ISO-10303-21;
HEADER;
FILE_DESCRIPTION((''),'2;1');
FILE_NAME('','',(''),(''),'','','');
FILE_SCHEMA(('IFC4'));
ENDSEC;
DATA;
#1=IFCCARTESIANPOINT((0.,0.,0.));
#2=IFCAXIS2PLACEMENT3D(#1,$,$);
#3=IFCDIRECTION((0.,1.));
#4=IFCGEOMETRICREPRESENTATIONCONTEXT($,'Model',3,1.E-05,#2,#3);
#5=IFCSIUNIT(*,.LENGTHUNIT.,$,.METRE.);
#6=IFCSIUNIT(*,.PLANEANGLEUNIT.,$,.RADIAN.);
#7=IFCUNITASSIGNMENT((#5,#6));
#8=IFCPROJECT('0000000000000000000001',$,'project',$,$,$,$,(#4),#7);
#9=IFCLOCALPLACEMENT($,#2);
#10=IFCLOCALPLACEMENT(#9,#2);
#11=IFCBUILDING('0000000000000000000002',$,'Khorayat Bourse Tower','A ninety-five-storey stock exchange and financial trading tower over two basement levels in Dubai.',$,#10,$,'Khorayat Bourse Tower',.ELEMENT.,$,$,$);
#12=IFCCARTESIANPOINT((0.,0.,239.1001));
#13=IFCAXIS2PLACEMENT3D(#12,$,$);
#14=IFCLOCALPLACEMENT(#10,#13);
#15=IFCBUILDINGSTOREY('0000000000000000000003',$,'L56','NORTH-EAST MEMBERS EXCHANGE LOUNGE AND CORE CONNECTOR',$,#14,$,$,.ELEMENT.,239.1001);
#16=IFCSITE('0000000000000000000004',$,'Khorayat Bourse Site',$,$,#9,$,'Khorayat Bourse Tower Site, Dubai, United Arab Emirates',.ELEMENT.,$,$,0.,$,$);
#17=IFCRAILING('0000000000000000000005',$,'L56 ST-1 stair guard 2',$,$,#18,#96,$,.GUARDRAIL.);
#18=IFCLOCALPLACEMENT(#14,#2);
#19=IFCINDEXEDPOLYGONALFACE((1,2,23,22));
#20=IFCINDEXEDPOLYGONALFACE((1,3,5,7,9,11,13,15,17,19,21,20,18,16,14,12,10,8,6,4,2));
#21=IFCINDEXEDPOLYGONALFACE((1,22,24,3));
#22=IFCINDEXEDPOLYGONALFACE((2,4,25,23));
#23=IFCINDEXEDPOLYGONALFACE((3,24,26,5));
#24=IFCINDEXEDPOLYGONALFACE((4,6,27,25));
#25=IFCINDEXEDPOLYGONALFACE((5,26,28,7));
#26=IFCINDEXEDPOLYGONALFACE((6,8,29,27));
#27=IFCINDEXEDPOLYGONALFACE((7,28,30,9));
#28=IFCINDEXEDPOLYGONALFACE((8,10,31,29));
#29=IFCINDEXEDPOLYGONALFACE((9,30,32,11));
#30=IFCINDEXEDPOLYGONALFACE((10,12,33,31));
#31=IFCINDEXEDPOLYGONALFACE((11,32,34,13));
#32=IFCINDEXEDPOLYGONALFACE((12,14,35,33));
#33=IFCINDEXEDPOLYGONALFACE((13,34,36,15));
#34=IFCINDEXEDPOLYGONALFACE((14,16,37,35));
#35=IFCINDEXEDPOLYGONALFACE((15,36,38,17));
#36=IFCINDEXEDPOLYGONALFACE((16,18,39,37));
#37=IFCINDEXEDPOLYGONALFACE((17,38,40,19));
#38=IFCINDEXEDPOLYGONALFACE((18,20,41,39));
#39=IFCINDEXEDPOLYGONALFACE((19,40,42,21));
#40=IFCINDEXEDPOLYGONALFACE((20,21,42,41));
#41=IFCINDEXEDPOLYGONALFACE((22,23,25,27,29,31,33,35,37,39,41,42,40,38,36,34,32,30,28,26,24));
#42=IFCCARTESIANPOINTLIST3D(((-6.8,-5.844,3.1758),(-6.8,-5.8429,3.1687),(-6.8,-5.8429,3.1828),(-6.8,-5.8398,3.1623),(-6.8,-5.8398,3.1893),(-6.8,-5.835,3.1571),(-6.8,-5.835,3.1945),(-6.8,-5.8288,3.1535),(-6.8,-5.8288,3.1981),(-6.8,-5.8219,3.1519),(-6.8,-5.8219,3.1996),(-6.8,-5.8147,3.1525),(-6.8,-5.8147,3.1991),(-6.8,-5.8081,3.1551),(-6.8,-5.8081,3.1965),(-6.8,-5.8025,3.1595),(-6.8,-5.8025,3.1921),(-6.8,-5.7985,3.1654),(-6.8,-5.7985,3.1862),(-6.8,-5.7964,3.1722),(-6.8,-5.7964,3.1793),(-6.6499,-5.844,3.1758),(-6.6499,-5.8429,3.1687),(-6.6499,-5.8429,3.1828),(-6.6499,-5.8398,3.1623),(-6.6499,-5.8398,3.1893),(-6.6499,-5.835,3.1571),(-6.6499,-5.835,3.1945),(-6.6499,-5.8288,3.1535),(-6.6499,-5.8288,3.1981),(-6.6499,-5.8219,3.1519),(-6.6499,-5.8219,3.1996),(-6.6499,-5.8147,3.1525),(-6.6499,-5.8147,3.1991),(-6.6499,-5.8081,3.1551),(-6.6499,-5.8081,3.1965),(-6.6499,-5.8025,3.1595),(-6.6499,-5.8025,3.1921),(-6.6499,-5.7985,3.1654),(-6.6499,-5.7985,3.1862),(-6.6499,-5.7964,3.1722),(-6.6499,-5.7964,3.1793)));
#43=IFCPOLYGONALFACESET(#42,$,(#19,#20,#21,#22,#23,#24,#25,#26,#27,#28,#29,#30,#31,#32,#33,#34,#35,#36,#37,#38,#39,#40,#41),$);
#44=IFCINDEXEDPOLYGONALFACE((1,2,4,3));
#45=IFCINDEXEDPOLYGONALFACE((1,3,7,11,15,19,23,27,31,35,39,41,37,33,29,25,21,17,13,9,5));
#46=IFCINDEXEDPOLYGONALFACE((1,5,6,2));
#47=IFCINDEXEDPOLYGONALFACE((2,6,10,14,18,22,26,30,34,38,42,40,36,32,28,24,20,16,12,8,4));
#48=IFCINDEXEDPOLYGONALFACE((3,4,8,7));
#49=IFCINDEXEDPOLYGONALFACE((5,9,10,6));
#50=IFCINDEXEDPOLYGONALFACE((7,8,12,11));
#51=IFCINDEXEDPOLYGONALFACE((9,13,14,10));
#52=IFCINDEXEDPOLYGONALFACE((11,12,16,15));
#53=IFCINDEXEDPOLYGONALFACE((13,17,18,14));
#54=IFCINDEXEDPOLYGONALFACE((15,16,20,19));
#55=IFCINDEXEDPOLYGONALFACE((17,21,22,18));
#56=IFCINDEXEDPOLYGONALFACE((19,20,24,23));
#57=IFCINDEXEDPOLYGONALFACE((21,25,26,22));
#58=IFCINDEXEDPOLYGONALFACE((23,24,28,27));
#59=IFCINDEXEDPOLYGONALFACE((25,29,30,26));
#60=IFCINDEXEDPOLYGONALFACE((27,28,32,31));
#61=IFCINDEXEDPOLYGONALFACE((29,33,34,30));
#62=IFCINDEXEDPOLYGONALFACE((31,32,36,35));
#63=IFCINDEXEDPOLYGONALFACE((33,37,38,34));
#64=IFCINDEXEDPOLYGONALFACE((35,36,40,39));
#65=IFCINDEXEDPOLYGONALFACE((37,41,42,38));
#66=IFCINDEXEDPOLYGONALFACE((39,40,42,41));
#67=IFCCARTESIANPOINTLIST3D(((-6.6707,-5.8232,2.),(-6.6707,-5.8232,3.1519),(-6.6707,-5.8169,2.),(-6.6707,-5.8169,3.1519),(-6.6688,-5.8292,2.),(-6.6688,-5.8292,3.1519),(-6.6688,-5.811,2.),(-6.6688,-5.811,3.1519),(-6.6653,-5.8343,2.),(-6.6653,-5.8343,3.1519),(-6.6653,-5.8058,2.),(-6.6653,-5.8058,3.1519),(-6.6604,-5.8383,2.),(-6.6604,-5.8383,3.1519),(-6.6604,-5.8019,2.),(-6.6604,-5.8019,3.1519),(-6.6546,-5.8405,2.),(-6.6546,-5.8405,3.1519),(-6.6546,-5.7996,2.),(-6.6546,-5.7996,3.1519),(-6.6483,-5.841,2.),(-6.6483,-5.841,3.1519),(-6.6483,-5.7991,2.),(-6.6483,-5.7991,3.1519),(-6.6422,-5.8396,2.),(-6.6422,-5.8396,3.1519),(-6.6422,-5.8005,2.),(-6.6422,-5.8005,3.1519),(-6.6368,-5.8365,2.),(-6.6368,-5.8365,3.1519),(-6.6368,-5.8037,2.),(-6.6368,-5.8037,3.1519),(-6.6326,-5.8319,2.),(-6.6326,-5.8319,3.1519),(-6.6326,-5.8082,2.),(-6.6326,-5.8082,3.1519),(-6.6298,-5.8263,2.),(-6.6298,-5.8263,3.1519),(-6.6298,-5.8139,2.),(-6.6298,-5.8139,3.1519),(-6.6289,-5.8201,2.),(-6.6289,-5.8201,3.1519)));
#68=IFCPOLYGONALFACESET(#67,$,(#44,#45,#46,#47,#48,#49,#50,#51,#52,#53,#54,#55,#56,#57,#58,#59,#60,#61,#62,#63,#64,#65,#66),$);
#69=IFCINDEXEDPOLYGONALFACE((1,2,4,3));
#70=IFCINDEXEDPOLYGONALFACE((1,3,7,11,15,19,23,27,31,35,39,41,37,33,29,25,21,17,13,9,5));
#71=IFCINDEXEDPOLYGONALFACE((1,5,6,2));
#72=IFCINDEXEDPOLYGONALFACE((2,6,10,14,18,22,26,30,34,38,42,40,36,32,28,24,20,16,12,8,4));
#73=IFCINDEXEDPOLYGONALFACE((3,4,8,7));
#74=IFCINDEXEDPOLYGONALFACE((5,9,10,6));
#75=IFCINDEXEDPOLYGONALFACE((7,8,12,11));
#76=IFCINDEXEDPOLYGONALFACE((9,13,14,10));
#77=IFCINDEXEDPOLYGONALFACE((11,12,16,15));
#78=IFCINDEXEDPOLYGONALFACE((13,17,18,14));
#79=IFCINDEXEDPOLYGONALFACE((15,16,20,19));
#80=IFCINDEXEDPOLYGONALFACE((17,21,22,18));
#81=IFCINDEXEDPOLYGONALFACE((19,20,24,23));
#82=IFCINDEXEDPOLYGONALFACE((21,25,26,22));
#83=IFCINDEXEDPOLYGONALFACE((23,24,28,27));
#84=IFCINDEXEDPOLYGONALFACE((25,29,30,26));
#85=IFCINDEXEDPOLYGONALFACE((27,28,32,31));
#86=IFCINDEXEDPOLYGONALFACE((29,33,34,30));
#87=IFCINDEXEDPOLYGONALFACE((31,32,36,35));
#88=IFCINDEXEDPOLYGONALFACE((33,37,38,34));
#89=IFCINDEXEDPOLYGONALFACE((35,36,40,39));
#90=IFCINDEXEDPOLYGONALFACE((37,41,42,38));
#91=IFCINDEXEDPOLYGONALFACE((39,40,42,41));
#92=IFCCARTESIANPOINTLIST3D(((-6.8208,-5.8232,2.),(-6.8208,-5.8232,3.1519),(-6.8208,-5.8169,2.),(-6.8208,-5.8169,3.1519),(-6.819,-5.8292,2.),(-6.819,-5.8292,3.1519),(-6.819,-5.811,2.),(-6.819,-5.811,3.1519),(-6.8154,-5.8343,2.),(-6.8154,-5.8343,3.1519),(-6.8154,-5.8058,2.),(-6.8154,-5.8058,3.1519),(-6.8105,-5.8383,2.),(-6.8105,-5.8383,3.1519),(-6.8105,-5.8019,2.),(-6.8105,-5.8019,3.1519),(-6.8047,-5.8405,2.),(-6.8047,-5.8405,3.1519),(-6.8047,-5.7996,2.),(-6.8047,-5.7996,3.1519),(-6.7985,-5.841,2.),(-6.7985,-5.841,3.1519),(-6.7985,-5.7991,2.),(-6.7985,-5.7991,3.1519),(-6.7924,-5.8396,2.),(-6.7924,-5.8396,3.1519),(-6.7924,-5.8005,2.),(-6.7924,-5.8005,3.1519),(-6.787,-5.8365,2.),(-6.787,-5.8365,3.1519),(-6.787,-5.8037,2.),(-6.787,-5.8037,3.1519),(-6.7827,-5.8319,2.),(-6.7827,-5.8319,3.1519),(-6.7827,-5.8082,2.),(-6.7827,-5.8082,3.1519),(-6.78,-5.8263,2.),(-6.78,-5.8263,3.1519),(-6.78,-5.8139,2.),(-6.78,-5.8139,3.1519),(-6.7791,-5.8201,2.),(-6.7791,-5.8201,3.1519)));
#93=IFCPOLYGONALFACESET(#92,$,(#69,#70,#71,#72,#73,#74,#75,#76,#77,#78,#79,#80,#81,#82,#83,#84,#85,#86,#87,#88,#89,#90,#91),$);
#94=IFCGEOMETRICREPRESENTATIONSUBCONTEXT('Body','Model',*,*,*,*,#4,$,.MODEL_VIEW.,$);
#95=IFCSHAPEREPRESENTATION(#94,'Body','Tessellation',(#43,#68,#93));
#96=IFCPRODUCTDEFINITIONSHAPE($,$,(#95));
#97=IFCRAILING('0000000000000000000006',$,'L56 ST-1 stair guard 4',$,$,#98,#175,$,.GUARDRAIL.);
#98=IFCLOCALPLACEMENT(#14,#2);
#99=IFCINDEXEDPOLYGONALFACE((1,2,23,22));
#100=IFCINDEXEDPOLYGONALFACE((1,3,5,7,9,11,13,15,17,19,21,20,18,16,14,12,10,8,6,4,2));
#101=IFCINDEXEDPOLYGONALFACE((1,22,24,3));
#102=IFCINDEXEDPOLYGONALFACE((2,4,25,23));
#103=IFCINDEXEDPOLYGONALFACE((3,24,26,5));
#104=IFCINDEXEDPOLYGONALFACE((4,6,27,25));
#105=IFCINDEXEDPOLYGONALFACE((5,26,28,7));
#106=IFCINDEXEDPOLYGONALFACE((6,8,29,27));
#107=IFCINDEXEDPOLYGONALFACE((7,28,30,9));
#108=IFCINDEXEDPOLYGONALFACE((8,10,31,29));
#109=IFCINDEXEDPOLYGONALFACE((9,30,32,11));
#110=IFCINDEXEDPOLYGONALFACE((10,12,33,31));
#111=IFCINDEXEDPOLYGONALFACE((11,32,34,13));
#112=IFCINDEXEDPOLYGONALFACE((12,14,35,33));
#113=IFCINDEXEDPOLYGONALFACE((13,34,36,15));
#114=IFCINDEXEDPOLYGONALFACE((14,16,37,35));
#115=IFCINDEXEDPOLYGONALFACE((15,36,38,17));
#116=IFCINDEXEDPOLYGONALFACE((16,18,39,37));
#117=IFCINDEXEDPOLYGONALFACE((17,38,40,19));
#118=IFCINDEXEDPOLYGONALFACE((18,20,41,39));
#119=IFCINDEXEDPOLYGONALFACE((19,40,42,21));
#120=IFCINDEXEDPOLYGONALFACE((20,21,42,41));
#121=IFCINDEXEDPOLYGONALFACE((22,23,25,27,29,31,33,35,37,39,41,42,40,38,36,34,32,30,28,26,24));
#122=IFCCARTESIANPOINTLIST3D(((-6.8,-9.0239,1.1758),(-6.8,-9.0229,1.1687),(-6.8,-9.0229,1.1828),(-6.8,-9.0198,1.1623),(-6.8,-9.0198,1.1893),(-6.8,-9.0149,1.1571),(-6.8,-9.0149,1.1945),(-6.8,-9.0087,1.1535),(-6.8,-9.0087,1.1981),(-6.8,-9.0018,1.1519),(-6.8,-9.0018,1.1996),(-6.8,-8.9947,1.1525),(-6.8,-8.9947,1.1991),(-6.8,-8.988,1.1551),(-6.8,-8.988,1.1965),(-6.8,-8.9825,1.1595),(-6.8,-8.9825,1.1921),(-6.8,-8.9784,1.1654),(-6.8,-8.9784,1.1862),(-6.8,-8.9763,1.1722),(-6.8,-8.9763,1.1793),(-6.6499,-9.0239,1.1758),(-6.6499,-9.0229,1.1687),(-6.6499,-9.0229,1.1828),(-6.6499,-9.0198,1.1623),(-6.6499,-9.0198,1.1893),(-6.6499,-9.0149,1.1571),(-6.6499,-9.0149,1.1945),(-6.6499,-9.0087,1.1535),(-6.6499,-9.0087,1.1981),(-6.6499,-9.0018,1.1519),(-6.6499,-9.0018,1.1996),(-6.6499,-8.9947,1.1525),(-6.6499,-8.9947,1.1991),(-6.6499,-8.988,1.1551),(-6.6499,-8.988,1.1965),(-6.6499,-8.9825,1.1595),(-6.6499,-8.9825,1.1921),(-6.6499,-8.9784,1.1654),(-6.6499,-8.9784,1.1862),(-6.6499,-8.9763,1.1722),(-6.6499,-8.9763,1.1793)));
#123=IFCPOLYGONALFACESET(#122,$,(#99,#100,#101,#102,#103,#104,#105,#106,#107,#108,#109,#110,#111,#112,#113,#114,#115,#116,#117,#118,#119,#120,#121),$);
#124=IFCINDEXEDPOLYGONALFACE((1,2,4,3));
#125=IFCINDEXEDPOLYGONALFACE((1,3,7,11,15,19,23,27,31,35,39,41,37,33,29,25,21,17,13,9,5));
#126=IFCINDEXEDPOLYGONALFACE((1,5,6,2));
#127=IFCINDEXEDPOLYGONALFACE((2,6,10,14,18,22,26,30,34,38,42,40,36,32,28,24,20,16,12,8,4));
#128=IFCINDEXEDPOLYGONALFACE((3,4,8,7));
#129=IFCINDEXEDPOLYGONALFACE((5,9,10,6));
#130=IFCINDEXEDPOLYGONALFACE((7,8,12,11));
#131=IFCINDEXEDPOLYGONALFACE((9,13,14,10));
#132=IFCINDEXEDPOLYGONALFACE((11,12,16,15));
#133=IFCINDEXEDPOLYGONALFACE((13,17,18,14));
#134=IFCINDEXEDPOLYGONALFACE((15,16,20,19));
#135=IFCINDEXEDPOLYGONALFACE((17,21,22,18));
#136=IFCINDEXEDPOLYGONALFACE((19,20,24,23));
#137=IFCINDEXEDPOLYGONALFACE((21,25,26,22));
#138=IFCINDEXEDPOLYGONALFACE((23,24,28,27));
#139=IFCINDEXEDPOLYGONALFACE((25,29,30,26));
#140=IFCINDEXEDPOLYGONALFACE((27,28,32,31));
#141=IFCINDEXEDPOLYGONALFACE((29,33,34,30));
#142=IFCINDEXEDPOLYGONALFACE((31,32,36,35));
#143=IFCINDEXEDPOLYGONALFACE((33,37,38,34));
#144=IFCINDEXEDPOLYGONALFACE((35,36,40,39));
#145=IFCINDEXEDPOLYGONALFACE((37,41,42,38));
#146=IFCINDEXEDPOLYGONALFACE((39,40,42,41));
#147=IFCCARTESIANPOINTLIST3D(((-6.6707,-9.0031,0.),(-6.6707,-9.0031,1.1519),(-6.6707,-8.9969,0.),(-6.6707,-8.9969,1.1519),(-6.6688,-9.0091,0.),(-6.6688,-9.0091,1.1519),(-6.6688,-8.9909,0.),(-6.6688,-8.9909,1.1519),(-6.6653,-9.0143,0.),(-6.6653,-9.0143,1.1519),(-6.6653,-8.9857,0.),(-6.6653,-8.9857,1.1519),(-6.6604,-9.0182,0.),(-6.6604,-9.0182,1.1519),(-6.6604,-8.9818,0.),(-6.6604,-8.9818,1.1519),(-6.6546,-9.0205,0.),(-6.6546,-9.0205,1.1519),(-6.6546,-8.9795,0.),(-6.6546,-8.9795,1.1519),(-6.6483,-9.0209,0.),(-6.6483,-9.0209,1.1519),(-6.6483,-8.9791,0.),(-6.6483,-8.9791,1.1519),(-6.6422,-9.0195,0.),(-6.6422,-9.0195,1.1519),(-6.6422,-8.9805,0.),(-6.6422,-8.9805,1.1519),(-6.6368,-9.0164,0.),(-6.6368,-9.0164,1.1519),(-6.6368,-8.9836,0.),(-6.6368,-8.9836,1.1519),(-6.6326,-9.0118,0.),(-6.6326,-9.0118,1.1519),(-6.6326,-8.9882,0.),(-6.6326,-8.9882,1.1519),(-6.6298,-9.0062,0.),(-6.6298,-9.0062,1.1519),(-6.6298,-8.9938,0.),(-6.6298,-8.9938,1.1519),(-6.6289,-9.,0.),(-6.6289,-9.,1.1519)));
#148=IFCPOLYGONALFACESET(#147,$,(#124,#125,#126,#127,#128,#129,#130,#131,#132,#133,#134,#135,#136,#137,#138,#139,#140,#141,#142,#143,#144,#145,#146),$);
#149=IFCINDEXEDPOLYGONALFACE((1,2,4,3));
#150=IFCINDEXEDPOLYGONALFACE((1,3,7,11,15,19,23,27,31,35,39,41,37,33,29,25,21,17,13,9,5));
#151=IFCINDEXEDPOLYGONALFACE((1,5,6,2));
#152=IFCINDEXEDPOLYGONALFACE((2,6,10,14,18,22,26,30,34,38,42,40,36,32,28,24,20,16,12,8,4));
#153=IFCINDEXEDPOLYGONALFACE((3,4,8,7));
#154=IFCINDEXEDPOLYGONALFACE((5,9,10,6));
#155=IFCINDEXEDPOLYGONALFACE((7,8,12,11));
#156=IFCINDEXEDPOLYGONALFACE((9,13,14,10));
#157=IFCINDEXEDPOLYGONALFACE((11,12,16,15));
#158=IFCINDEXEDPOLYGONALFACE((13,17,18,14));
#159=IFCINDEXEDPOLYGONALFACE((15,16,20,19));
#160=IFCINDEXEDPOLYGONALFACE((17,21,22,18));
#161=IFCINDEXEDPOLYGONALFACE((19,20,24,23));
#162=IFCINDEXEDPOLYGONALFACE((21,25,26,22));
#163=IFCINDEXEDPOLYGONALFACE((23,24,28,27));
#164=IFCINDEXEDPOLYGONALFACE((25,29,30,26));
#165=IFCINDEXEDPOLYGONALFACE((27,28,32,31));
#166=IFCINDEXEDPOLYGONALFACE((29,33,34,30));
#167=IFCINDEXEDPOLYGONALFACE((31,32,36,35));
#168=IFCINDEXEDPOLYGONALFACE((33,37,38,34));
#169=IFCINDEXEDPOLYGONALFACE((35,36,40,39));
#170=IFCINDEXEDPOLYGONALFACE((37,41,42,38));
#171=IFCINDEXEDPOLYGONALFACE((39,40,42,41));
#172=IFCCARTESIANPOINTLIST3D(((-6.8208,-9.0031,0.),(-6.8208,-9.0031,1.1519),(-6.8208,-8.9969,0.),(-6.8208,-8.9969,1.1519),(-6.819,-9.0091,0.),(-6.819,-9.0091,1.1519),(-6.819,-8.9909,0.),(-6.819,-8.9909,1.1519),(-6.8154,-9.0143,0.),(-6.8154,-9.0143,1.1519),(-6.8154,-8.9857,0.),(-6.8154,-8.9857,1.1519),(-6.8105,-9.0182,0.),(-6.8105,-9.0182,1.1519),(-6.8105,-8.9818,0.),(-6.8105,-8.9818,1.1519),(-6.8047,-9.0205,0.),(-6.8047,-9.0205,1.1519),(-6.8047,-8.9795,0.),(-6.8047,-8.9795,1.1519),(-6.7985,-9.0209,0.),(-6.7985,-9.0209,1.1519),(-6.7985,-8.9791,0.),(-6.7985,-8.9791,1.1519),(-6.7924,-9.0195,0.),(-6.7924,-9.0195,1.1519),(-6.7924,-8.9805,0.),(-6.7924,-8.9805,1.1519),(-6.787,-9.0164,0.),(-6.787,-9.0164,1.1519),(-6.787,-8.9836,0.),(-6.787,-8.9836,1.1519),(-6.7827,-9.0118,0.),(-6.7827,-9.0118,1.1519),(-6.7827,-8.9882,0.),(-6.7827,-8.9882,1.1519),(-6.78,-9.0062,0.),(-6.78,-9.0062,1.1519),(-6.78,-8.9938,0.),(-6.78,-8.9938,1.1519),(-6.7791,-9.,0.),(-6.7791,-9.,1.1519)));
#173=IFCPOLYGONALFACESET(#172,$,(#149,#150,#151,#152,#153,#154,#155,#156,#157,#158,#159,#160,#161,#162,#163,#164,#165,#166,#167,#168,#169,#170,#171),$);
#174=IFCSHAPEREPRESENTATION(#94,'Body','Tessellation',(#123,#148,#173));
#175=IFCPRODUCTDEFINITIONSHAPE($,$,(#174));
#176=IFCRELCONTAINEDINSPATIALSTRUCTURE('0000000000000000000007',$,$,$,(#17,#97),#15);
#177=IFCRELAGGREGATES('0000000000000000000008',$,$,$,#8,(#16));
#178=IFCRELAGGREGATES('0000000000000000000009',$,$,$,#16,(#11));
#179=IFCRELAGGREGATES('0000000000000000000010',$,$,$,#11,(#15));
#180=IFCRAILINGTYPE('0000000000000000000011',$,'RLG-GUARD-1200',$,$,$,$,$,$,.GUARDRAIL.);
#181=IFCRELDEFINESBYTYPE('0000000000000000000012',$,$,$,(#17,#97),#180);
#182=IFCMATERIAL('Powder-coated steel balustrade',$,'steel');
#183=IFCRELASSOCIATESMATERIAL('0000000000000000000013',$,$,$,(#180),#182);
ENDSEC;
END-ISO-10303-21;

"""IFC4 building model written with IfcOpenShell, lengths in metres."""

from ifc_helpers import new_model, si_unit, direction, frame, origin, origin_2d, place, context, subcontext, project, spatial, circle, extrude, source, transform, mapped, material, type_object, element, save


model = new_model("IFC4")

# Units and contexts
model_context = context("Model", 3, precision=1e-05, world=origin(), true_north=direction((0.0, 1.0)))
body_context = subcontext(model_context, "Body", "Model", "MODEL_VIEW")
ifc_project = project(units=[si_unit("LENGTHUNIT", "METRE"), si_unit("PLANEANGLEUNIT", "RADIAN")], contexts=[model_context])

# Site, building, storey
site_placement = place(None, origin())
site = spatial("IfcSite", under=ifc_project, at=site_placement, Name="Khorayat Bourse Site", LongName="Khorayat Bourse Tower Site, Dubai, United Arab Emirates", CompositionType="ELEMENT", RefElevation=0.0)
building_placement = place(site_placement, origin())
building = spatial("IfcBuilding", under=site, at=building_placement, Name="Khorayat Bourse Tower", Description="A ninety-five-storey stock exchange and financial trading tower over two basement levels in Dubai.", LongName="Khorayat Bourse Tower", CompositionType="ELEMENT")
storey_placement = place(building_placement, frame((0.0, 0.0, 239.1001)))
storey = spatial("IfcBuildingStorey", under=building, at=storey_placement, Name="L56", Description="NORTH-EAST MEMBERS EXCHANGE LOUNGE AND CORE CONNECTOR", CompositionType="ELEMENT", Elevation=239.1001)

# Railings
ifc_material_1 = material(Name="Powder-coated steel balustrade", Category="steel")
railing_type_1 = type_object("IfcRailingType", Name="RLG-GUARD-1200", PredefinedType="GUARDRAIL", material=ifc_material_1)
shared_shape_1 = source(origin(), body_context, "Body", "SweptSolid", [
    extrude(circle(Radius=0.0239, at=origin_2d()), frame((0.0, 0.0, 1.1758), z_axis=(-1.0, 0.0, 0.0), x_axis=(0.0, -1.0, 0.0)), (0.0, 0.0, 1.0), 0.1501),
    extrude(circle(Radius=0.021, at=origin_2d()), origin(), (0.0, 0.0, 1.0), 1.1519),
    extrude(circle(Radius=0.021, at=origin_2d()), frame((-0.1501, 0.0, 0.0)), (0.0, 0.0, 1.0), 1.1519),
])
for number, where, name in (
    (1, (-6.6499, -5.8201, 2.0), "L56 ST-1 stair guard 2"),
    (2, (-6.6499, -9.0, 0.0), "L56 ST-1 stair guard 4"),
):
    element("IfcRailing", number, at=place(storey_placement, frame(where)), inside=storey, type_object=railing_type_1, Name=name, PredefinedType="GUARDRAIL", context=body_context, shape_type="MappedRepresentation", body=[
        mapped(shared_shape_1, transform((0.0, 0.0, 0.0), scale=1.0)),
    ])

save(model, "model.ifc")
